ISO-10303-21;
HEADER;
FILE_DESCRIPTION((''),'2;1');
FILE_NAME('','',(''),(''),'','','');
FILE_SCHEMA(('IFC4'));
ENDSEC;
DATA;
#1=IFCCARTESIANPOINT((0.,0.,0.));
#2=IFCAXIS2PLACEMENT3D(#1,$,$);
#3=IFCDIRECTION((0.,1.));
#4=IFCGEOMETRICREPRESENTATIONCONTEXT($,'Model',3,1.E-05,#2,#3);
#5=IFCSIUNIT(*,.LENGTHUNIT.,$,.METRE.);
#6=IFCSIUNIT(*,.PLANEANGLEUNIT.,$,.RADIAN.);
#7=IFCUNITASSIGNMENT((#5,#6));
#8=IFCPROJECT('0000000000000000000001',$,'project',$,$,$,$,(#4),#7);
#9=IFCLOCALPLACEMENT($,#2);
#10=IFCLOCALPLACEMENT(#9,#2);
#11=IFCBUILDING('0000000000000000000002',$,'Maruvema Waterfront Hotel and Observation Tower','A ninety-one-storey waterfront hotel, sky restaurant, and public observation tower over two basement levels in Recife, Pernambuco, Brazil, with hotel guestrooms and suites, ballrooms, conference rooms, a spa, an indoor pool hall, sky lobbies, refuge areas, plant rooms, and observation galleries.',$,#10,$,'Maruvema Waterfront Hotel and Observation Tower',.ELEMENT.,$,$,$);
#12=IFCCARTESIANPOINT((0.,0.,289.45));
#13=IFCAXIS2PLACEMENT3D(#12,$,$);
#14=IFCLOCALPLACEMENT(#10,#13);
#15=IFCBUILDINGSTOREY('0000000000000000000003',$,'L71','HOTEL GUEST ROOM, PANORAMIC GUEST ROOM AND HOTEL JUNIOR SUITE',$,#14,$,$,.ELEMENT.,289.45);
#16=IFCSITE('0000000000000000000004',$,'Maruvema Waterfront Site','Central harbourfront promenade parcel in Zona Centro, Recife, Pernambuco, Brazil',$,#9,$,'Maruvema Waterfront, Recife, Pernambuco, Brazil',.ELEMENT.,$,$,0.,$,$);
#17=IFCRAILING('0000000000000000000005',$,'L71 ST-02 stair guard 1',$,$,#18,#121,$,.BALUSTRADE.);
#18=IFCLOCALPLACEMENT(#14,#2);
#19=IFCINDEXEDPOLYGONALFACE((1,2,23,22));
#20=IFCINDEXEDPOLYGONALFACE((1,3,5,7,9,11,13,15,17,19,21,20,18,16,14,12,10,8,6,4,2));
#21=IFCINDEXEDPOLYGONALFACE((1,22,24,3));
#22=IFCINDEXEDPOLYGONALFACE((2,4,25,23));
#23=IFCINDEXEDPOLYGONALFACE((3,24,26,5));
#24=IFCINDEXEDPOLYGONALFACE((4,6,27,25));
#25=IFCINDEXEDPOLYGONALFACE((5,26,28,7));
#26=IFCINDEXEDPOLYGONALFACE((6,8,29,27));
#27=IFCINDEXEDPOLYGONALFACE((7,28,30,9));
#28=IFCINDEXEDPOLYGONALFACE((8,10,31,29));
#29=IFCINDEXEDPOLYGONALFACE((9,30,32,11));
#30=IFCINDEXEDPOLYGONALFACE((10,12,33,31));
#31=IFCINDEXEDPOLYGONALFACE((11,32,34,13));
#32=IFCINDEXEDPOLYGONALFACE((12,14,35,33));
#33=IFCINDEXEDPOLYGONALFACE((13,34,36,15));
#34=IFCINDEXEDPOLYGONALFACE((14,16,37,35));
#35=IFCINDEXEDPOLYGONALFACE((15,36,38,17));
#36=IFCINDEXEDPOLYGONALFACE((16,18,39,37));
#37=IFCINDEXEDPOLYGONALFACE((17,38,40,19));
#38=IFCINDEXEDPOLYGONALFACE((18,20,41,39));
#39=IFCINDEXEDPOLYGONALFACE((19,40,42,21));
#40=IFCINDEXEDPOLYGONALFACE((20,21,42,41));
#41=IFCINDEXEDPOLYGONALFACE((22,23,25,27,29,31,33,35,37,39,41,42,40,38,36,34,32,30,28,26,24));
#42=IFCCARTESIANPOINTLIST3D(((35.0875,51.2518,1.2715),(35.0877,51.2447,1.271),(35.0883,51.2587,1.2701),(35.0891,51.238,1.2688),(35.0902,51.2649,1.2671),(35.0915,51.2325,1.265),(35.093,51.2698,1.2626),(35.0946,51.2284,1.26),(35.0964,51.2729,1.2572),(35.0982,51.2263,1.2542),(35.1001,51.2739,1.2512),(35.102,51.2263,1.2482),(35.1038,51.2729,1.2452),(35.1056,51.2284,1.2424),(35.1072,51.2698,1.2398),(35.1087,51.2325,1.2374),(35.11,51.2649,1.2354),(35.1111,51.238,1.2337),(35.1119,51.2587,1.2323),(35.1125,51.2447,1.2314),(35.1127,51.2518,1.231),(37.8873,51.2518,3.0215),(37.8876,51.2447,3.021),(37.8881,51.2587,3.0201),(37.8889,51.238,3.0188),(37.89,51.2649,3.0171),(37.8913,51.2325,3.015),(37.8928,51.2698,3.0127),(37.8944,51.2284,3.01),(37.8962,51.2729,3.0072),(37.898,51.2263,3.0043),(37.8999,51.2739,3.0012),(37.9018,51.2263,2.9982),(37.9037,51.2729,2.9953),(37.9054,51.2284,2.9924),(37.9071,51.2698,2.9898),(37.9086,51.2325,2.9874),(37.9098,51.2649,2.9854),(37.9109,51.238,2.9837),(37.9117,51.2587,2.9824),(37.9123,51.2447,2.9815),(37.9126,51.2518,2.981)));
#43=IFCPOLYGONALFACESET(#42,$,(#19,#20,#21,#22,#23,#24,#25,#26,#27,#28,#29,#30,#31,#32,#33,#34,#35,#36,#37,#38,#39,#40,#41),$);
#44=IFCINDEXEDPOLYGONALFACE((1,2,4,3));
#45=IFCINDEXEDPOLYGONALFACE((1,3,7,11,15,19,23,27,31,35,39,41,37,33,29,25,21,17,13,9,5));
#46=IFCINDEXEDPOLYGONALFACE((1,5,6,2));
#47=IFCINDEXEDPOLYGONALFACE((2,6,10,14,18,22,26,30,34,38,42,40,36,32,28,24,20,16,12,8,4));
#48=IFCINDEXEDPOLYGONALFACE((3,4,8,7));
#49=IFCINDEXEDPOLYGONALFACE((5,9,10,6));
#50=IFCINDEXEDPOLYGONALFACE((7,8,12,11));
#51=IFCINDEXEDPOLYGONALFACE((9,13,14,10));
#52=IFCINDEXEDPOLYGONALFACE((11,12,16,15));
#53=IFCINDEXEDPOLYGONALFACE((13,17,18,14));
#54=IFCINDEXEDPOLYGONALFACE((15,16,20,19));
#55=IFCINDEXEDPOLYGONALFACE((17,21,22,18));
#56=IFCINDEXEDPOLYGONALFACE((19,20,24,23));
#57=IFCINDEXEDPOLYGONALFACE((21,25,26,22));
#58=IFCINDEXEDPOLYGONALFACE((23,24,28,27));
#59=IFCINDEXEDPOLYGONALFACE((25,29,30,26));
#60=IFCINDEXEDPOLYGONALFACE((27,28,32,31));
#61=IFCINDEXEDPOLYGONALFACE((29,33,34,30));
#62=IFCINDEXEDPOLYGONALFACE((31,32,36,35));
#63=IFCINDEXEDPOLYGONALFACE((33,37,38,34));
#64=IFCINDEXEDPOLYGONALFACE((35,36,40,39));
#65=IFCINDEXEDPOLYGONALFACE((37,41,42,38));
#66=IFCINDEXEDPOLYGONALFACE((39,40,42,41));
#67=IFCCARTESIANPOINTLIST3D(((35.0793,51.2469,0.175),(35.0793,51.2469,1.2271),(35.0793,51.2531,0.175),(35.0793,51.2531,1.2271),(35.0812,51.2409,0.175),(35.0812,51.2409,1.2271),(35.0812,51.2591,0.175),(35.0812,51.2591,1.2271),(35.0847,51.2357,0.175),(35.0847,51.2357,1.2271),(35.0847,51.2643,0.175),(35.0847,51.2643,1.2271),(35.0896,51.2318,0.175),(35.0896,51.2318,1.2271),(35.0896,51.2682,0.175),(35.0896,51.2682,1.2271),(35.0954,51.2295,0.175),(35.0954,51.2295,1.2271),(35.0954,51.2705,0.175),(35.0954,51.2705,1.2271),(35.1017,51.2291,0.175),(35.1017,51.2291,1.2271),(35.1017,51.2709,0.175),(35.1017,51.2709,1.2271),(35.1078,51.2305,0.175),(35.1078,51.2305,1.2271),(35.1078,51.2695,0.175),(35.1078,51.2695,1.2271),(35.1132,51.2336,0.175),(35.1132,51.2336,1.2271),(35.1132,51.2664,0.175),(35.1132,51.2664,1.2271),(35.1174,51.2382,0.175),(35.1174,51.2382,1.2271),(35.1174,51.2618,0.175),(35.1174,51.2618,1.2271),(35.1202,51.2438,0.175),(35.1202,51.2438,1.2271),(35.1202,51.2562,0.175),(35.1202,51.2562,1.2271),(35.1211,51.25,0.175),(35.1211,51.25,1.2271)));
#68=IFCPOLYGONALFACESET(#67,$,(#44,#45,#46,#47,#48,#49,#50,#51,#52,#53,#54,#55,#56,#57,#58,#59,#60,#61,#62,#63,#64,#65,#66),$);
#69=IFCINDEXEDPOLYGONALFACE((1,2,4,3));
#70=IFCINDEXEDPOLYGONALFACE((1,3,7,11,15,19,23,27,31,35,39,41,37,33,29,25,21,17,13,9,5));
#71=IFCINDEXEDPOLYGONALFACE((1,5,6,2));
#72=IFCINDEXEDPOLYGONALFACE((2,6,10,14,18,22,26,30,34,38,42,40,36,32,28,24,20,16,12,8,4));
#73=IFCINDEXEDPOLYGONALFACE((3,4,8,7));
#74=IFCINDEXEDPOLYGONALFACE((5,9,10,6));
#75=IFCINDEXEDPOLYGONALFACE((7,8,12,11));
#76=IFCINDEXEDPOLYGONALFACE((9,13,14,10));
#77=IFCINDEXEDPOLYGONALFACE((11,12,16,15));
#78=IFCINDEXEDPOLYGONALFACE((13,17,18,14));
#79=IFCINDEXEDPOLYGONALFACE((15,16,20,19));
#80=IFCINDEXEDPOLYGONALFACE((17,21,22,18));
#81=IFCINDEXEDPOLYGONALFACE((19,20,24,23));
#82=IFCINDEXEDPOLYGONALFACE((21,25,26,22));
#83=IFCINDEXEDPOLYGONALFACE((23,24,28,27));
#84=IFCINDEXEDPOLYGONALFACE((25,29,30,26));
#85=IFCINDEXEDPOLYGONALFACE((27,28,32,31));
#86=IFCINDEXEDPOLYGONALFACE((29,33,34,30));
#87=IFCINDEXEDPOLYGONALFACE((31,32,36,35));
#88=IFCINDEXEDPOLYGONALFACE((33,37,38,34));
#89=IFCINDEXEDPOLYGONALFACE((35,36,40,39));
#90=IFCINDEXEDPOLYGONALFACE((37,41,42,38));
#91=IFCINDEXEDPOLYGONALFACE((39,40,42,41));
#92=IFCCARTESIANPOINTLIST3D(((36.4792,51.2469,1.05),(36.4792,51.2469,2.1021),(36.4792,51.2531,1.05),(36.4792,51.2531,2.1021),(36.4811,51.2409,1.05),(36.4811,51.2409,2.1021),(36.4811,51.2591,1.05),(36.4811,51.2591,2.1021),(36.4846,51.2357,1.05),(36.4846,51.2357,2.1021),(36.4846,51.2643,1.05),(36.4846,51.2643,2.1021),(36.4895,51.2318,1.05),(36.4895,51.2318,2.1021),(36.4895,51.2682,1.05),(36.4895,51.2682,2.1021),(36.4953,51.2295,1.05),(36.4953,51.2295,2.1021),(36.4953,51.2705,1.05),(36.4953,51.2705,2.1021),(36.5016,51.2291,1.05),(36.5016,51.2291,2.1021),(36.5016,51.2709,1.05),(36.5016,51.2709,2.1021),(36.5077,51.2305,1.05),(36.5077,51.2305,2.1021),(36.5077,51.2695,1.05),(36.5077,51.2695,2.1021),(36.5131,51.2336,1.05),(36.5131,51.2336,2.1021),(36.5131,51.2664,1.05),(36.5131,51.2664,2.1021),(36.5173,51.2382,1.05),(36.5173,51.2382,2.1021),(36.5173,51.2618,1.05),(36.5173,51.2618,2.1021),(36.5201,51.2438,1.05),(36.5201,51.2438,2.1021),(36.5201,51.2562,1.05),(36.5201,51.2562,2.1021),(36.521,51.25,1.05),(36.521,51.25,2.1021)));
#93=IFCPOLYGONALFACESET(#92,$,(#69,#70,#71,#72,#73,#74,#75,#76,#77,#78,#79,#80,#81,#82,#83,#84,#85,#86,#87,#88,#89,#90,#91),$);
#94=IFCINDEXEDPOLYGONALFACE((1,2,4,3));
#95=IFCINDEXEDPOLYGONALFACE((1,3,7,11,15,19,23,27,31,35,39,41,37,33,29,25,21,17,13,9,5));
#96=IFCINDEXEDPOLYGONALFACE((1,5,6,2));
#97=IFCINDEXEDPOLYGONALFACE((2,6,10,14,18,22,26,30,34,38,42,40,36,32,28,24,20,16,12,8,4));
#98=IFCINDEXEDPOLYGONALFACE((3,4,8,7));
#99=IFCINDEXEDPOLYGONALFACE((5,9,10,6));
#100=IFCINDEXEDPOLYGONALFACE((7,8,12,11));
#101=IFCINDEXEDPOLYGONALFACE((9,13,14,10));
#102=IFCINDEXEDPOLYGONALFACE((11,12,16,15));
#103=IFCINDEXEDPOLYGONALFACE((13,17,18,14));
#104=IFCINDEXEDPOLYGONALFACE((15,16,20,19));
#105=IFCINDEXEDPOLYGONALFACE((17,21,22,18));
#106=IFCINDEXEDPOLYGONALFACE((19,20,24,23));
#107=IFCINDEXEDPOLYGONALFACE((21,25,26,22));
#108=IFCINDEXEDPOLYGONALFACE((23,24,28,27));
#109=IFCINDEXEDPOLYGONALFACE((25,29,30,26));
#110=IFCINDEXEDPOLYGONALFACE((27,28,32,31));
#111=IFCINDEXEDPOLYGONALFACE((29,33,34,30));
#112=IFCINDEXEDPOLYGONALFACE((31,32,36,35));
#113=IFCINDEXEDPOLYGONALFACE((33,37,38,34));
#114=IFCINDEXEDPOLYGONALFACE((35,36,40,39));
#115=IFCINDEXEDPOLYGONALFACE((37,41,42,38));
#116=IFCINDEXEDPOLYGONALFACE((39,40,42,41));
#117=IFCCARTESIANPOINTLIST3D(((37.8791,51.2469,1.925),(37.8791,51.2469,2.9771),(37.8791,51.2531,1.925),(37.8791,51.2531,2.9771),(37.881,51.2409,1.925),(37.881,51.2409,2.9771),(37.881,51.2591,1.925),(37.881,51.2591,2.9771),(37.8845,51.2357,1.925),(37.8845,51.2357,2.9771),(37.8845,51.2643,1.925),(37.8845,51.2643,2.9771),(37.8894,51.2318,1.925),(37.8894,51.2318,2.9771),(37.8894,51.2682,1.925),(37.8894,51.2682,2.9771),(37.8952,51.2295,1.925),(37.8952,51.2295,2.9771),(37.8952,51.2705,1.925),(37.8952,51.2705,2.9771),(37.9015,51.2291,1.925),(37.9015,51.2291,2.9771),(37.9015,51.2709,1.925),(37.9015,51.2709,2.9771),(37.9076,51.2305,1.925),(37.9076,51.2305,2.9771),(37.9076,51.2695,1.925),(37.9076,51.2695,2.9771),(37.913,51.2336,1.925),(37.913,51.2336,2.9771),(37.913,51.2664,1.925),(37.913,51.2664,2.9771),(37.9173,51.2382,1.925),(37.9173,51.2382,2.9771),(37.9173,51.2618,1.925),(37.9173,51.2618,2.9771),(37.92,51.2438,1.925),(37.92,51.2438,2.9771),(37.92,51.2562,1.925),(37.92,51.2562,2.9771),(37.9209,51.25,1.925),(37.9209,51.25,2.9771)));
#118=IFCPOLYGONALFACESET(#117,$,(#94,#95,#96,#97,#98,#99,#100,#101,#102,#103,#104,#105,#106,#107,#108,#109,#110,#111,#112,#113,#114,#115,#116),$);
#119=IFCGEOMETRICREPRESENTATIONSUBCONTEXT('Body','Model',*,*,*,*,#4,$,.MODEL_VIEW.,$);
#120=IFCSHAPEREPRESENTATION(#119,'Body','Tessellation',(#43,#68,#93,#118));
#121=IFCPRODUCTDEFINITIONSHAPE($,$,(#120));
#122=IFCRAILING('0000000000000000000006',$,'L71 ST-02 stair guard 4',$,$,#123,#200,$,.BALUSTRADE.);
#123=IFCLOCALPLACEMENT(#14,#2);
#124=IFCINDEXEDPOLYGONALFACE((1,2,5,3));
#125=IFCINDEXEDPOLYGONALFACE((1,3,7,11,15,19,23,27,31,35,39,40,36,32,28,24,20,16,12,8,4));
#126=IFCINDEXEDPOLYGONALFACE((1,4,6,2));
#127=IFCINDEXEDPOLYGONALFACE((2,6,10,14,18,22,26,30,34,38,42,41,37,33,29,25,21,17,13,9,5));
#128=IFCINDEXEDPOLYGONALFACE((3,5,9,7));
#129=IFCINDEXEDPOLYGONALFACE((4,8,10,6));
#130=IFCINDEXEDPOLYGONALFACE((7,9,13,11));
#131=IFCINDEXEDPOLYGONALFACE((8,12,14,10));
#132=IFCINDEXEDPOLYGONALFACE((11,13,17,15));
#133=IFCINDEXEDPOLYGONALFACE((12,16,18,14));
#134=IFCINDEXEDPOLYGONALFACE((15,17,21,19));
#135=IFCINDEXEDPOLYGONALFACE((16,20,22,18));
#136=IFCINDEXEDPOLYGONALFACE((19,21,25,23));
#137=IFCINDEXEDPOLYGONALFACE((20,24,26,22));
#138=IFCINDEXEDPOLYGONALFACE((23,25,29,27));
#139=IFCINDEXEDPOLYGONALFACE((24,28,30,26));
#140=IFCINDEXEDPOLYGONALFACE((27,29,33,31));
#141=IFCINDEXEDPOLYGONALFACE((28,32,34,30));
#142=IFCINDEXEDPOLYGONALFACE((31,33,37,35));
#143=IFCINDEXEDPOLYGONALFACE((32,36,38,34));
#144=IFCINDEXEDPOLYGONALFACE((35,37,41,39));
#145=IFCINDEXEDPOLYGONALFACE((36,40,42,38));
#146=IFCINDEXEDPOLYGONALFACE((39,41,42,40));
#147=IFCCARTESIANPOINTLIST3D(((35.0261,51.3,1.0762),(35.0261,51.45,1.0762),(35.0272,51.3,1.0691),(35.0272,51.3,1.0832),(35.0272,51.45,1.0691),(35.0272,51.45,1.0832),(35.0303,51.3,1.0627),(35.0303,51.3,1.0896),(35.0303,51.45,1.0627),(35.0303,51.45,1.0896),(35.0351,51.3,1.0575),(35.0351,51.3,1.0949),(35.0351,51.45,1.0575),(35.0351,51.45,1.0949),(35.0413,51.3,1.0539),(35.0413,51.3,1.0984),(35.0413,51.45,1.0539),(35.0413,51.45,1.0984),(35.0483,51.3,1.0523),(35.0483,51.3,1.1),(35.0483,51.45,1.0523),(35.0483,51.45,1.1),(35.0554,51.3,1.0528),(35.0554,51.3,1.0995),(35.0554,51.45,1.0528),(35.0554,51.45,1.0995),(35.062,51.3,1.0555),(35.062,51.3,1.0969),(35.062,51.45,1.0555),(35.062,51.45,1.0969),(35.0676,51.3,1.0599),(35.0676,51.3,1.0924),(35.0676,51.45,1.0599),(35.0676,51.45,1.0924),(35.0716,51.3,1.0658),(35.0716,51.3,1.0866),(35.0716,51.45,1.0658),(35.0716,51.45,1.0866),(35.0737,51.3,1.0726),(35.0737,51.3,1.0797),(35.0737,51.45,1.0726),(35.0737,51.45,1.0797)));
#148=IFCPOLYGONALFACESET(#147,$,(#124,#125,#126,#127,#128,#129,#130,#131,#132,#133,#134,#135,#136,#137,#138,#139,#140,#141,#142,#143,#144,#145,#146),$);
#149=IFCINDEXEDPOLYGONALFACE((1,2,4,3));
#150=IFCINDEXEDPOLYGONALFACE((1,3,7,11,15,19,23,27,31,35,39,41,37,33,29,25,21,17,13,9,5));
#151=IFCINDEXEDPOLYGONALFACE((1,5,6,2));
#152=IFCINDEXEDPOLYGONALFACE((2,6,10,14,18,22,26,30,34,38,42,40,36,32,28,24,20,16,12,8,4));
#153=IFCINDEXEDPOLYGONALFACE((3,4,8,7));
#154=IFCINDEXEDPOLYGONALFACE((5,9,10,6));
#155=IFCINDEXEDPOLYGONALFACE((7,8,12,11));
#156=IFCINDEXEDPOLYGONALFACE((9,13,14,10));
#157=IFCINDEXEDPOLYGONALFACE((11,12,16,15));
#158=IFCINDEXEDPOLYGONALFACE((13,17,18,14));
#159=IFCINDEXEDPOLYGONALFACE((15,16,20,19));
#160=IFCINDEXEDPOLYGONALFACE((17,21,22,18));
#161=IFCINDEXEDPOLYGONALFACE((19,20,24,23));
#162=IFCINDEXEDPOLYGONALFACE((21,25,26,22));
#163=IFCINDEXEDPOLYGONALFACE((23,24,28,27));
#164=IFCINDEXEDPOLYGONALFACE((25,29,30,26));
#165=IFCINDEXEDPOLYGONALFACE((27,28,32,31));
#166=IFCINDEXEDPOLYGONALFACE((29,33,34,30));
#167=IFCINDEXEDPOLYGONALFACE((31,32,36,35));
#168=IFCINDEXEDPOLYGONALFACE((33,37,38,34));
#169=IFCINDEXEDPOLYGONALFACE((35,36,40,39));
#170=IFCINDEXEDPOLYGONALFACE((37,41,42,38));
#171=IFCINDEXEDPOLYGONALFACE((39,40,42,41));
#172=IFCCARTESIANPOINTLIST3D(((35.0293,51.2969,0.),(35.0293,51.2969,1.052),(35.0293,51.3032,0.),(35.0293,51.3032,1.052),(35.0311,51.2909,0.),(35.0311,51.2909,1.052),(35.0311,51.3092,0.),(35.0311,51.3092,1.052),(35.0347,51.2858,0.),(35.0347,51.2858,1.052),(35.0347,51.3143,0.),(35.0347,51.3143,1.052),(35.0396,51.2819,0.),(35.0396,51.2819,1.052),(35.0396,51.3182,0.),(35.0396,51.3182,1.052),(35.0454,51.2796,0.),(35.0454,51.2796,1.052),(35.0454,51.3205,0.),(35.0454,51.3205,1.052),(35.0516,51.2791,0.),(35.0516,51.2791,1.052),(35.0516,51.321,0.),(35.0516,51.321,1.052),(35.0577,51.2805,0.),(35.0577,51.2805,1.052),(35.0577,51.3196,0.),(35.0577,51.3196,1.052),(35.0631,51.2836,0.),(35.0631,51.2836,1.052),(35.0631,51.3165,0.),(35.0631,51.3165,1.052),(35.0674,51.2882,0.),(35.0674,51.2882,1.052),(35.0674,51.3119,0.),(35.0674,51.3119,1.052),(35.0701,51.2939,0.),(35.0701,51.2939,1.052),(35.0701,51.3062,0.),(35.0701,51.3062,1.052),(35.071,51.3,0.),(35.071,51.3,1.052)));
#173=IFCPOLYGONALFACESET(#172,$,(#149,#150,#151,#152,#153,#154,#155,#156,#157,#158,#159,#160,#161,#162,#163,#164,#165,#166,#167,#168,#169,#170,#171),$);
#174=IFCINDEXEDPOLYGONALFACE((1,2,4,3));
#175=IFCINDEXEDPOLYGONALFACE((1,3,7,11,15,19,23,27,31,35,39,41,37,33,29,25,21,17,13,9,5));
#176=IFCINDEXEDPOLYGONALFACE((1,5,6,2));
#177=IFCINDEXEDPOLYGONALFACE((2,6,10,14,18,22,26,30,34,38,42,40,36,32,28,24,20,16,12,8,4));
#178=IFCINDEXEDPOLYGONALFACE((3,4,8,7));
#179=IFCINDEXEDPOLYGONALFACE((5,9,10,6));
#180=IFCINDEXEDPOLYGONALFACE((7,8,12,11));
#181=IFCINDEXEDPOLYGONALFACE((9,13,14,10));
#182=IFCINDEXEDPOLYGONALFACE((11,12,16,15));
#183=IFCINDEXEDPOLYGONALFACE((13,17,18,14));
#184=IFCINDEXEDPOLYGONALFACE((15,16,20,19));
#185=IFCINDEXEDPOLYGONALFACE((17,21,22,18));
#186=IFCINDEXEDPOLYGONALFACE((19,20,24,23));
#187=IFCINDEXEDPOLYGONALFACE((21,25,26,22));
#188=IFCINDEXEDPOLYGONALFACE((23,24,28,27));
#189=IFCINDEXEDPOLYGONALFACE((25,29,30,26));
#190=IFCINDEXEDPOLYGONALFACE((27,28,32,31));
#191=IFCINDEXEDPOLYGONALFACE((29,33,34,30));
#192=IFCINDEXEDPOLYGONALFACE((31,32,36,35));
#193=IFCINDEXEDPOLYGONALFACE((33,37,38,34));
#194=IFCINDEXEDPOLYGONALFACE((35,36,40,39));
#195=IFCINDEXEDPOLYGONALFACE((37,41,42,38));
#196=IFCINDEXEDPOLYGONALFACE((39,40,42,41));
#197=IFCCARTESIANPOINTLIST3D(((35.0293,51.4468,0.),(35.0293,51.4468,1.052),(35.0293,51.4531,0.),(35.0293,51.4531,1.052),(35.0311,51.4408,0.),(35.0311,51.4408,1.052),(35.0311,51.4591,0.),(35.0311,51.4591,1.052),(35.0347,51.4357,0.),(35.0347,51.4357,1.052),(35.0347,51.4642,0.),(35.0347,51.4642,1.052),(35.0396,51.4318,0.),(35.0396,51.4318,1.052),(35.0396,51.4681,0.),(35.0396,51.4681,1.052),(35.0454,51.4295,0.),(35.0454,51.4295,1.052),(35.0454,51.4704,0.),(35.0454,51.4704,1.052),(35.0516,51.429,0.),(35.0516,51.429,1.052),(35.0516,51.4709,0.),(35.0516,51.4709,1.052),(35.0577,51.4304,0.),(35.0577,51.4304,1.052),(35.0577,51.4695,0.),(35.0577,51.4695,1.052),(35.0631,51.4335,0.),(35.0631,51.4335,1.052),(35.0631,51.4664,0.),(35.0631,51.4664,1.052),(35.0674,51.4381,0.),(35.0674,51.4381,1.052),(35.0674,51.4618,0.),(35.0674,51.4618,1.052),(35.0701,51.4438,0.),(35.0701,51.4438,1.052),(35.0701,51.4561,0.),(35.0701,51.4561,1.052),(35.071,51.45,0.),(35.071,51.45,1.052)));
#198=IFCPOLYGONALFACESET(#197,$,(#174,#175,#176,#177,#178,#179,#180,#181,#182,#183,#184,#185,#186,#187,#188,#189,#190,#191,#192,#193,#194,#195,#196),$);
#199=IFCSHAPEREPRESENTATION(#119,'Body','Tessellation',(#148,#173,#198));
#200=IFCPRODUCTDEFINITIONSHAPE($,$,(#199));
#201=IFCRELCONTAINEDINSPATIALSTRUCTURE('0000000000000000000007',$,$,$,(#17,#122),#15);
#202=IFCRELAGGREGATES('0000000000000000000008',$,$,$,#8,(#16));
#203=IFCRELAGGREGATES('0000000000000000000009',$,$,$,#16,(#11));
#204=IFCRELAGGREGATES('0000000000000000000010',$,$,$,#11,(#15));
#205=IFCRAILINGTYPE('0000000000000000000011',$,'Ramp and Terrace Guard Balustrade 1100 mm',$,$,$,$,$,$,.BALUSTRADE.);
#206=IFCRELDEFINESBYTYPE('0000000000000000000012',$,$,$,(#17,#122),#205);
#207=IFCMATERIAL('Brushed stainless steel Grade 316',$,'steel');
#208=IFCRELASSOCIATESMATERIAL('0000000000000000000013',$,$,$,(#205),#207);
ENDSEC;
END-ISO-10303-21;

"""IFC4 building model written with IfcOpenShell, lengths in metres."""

from ifc_helpers import new_model, si_unit, direction, frame, origin, origin_2d, place, context, subcontext, project, spatial, circle, extrude, material, type_object, element, save


model = new_model("IFC4")

# Units and contexts
model_context = context("Model", 3, precision=1e-05, world=origin(), true_north=direction((0.0, 1.0)))
body_context = subcontext(model_context, "Body", "Model", "MODEL_VIEW")
ifc_project = project(units=[si_unit("LENGTHUNIT", "METRE"), si_unit("PLANEANGLEUNIT", "RADIAN")], contexts=[model_context])

# Site, building, storey
site_placement = place(None, origin())
site = spatial("IfcSite", under=ifc_project, at=site_placement, Name="Maruvema Waterfront Site", Description="Central harbourfront promenade parcel in Zona Centro, Recife, Pernambuco, Brazil", LongName="Maruvema Waterfront, Recife, Pernambuco, Brazil", CompositionType="ELEMENT", RefElevation=0.0)
building_placement = place(site_placement, origin())
building = spatial("IfcBuilding", under=site, at=building_placement, Name="Maruvema Waterfront Hotel and Observation Tower", Description="A ninety-one-storey waterfront hotel, sky restaurant, and public observation tower over two basement levels in Recife, Pernambuco, Brazil, with hotel guestrooms and suites, ballrooms, conference rooms, a spa, an indoor pool hall, sky lobbies, refuge areas, plant rooms, and observation galleries.", LongName="Maruvema Waterfront Hotel and Observation Tower", CompositionType="ELEMENT")
storey_placement = place(building_placement, frame((0.0, 0.0, 289.45)))
storey = spatial("IfcBuildingStorey", under=building, at=storey_placement, Name="L71", Description="HOTEL GUEST ROOM, PANORAMIC GUEST ROOM AND HOTEL JUNIOR SUITE", CompositionType="ELEMENT", Elevation=289.45)

# Railings
ifc_material_1 = material(Name="Brushed stainless steel Grade 316", Category="steel")
railing_type_1 = type_object("IfcRailingType", Name="Ramp and Terrace Guard Balustrade 1100 mm", PredefinedType="BALUSTRADE", material=ifc_material_1)
railing_1_placement = place(storey_placement, frame((35.1001, 51.25, 0.175)))
element("IfcRailing", 1, at=railing_1_placement, inside=storey, type_object=railing_type_1, Name="L71 ST-02 stair guard 1", PredefinedType="BALUSTRADE", context=body_context, shape_type="SweptSolid", body=[
    extrude(circle(Radius=0.0239, at=origin_2d()), frame((0.0, 0.0, 1.0762), z_axis=(0.847982, 0.0, 0.530026), x_axis=(0.0, 1.0, 0.0)), (0.0, 0.0, 1.0), 3.3018),
    extrude(circle(Radius=0.021, at=origin_2d()), origin(), (0.0, 0.0, 1.0), 1.052),
    extrude(circle(Radius=0.021, at=origin_2d()), frame((1.3999, 0.0, 0.875)), (0.0, 0.0, 1.0), 1.052),
    extrude(circle(Radius=0.021, at=origin_2d()), frame((2.7998, 0.0, 1.75)), (0.0, 0.0, 1.0), 1.052),
])
railing_2_placement = place(storey_placement, frame((35.05, 51.3, 0.0)))
element("IfcRailing", 2, at=railing_2_placement, inside=storey, type_object=railing_type_1, Name="L71 ST-02 stair guard 4", PredefinedType="BALUSTRADE", context=body_context, shape_type="SweptSolid", body=[
    extrude(circle(Radius=0.0239, at=origin_2d()), frame((0.0, 0.0, 1.0762), z_axis=(0.0, 1.0, 0.0), x_axis=(-1.0, 0.0, 0.0)), (0.0, 0.0, 1.0), 0.1499),
    extrude(circle(Radius=0.021, at=origin_2d()), origin(), (0.0, 0.0, 1.0), 1.052),
    extrude(circle(Radius=0.021, at=origin_2d()), frame((0.0, 0.1499, 0.0)), (0.0, 0.0, 1.0), 1.052),
])

save(model, "model.ifc")
